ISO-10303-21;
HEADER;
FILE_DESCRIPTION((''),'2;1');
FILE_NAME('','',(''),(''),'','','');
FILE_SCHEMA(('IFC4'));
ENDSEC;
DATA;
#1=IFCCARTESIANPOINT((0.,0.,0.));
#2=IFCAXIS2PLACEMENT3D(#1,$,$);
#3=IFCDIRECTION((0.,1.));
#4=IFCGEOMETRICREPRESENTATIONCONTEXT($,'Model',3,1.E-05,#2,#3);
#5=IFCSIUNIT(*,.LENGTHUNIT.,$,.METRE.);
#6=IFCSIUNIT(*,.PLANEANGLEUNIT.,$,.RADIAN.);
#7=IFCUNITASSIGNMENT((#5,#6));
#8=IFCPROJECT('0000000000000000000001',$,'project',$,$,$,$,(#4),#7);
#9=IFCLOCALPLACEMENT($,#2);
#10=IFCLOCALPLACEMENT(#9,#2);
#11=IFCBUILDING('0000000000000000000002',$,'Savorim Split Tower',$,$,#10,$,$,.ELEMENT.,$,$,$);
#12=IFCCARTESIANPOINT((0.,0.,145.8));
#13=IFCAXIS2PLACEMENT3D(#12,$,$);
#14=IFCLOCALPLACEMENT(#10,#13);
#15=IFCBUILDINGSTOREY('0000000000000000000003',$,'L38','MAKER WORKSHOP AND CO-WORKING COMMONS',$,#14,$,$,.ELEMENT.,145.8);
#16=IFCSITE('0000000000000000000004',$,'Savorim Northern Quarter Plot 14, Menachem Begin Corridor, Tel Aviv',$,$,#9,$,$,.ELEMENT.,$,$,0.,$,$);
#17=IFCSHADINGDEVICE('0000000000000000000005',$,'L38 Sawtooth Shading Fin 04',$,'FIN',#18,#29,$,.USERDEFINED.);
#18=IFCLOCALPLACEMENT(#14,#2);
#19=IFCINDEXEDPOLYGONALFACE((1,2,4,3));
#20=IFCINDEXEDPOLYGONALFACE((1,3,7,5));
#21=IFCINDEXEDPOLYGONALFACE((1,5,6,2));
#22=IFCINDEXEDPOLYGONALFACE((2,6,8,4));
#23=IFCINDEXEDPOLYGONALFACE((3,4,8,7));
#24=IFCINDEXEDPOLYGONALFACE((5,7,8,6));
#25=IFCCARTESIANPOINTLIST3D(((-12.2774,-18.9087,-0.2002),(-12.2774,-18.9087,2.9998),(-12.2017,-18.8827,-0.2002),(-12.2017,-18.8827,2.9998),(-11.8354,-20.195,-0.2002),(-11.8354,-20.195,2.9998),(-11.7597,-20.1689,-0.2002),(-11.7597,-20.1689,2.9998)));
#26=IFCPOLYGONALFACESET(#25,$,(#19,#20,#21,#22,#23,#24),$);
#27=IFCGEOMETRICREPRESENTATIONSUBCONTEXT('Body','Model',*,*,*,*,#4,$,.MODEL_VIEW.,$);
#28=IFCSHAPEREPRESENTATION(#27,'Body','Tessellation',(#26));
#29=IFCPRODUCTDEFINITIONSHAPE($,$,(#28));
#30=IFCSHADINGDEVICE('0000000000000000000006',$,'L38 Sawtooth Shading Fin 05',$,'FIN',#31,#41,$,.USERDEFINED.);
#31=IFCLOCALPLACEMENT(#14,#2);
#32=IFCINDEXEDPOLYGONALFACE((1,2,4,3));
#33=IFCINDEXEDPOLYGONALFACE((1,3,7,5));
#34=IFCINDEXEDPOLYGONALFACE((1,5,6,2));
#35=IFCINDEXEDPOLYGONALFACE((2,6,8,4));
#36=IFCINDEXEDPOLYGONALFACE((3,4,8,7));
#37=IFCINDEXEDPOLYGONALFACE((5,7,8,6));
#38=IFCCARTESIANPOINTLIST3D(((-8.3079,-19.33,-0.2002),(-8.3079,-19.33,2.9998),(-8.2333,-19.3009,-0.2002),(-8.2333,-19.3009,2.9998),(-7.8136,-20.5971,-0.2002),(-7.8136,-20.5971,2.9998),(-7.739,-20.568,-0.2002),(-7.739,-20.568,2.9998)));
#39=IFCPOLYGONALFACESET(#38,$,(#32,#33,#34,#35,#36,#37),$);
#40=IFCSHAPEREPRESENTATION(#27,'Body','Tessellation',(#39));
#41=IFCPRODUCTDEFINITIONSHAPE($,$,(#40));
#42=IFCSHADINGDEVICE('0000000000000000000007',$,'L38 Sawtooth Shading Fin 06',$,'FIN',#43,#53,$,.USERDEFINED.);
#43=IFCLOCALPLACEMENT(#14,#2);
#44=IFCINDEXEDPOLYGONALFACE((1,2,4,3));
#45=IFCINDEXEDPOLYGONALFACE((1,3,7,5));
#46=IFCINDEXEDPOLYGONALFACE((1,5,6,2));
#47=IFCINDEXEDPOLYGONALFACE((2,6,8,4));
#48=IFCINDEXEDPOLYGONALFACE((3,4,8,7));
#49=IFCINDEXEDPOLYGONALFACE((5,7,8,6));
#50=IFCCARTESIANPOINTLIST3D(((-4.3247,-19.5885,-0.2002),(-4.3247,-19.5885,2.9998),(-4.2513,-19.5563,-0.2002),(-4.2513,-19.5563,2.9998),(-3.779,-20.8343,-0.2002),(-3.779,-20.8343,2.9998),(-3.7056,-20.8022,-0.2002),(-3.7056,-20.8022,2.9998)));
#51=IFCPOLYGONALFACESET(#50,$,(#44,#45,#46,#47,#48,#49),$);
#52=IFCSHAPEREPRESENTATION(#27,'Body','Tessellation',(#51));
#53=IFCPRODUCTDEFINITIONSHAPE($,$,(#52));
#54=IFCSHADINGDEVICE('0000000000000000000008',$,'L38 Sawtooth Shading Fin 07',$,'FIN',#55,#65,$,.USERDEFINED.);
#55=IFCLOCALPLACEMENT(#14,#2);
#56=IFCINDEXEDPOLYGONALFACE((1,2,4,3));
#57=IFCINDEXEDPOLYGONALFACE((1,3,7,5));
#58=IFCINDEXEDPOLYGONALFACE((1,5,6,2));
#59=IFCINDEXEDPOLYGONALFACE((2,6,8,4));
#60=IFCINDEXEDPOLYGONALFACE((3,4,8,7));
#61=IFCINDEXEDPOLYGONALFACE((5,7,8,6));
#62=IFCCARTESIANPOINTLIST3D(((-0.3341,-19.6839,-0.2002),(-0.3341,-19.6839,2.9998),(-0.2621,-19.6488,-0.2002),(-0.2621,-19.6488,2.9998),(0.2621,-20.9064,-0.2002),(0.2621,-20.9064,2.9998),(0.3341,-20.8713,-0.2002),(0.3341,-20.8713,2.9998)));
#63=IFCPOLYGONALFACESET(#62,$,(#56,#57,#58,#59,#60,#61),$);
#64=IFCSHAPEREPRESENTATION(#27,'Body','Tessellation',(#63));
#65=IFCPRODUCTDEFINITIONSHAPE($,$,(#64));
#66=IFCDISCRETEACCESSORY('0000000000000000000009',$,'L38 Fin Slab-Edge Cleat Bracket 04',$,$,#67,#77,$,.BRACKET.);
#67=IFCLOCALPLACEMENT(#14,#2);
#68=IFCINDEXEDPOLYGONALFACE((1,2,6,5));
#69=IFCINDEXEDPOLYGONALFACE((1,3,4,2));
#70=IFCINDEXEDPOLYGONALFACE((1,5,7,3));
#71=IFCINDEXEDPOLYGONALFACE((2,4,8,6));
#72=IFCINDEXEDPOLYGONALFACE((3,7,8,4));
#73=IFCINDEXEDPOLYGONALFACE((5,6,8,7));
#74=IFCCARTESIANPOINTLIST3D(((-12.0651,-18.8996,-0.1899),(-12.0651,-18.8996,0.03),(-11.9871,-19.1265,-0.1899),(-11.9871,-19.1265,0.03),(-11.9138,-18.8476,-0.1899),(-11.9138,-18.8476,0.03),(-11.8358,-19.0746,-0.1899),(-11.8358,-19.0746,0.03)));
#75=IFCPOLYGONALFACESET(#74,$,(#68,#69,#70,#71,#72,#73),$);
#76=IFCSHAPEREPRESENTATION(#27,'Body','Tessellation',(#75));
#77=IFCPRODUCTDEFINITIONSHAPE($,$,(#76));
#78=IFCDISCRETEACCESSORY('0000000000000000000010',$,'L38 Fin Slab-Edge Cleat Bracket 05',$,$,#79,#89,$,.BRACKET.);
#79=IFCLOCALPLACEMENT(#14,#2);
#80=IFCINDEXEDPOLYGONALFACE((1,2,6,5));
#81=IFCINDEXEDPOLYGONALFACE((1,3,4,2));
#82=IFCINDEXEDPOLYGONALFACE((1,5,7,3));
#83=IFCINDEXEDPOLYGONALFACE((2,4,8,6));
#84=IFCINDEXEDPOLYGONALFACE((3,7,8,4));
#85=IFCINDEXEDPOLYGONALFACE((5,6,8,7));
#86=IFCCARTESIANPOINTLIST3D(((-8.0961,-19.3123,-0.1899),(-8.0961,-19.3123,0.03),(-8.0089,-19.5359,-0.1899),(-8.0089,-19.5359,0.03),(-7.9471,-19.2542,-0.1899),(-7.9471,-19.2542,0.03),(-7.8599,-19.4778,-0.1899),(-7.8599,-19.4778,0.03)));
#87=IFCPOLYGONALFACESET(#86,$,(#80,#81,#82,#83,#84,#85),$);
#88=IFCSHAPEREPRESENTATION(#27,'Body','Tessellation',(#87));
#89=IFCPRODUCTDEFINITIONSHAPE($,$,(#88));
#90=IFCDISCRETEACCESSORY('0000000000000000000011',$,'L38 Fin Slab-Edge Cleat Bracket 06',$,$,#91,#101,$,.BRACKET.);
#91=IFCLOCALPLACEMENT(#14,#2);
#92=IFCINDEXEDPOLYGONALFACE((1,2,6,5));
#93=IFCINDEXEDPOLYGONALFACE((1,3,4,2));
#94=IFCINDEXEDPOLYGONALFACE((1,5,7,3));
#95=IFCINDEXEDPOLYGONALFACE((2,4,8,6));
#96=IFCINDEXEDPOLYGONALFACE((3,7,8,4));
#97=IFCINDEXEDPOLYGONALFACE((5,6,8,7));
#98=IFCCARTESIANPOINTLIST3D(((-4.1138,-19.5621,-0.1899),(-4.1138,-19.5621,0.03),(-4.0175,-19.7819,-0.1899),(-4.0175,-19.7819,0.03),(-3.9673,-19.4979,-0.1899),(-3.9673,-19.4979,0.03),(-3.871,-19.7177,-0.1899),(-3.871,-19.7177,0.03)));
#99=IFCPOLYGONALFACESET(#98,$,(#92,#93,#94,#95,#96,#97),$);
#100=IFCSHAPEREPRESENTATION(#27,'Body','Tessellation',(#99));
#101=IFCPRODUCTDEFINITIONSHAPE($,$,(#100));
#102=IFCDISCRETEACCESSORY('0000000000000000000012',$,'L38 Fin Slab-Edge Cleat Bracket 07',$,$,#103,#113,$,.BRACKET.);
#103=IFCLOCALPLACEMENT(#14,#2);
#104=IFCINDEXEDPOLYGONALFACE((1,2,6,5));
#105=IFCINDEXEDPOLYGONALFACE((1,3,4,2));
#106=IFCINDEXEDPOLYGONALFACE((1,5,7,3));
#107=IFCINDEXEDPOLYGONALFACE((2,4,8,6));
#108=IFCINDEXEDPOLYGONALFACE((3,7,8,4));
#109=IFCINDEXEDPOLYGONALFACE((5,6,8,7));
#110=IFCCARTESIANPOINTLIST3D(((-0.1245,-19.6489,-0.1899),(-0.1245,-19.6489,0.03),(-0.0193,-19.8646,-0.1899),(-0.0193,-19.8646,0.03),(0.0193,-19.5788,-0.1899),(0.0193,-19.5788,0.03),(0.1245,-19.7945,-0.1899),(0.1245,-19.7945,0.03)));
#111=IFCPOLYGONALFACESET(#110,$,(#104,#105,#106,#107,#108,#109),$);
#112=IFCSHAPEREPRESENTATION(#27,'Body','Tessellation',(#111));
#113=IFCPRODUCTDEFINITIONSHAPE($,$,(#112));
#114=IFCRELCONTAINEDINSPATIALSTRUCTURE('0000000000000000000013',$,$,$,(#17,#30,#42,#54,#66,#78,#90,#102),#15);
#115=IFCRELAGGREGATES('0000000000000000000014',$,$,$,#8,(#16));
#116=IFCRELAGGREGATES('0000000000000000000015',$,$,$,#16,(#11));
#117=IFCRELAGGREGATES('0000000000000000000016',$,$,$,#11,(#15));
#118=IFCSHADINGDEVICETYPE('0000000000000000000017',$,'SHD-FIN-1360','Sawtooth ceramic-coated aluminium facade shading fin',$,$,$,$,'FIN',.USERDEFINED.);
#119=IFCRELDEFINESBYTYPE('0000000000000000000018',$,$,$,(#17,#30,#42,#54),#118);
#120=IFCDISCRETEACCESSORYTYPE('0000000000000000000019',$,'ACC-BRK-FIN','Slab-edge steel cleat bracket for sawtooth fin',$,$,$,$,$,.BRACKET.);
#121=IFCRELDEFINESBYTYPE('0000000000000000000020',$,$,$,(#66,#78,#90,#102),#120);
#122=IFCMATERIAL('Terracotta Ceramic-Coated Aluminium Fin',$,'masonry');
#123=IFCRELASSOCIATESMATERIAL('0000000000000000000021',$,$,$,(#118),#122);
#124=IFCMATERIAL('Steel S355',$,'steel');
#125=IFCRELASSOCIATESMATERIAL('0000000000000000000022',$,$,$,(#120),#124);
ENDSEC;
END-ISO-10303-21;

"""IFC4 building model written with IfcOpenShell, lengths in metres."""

from ifc_helpers import new_model, si_unit, direction, frame, origin, origin_2d, place, context, subcontext, project, spatial, rectangle, extrude, material, type_object, element, save


model = new_model("IFC4")

# Units and contexts
model_context = context("Model", 3, precision=1e-05, world=origin(), true_north=direction((0.0, 1.0)))
body_context = subcontext(model_context, "Body", "Model", "MODEL_VIEW")
ifc_project = project(units=[si_unit("LENGTHUNIT", "METRE"), si_unit("PLANEANGLEUNIT", "RADIAN")], contexts=[model_context])

# Site, building, storey
site_placement = place(None, origin())
site = spatial("IfcSite", under=ifc_project, at=site_placement, Name="Savorim Northern Quarter Plot 14, Menachem Begin Corridor, Tel Aviv", CompositionType="ELEMENT", RefElevation=0.0)
building_placement = place(site_placement, origin())
building = spatial("IfcBuilding", under=site, at=building_placement, Name="Savorim Split Tower", CompositionType="ELEMENT")
storey_placement = place(building_placement, frame((0.0, 0.0, 145.8)))
storey = spatial("IfcBuildingStorey", under=building, at=storey_placement, Name="L38", Description="MAKER WORKSHOP AND CO-WORKING COMMONS", CompositionType="ELEMENT", Elevation=145.8)

# Shading devices
ifc_material_1 = material(Name="Terracotta Ceramic-Coated Aluminium Fin", Category="masonry")
shading_device_type = type_object("IfcShadingDeviceType", Name="SHD-FIN-1360", Description="Sawtooth ceramic-coated aluminium facade shading fin", ElementType="FIN", PredefinedType="USERDEFINED", material=ifc_material_1)
for number, where, z_axis, x_axis, name in (
    (1, (-12.0186, -19.5388, -0.2002), (0.0, 0.0, 1.0), (0.324994, -0.945716, 0.0), "L38 Sawtooth Shading Fin 04"),
    (2, (-8.0234, -19.949, -0.2002), (0.0, 0.0, 1.0), (0.363415, -0.931627, 0.0), "L38 Sawtooth Shading Fin 05"),
    (3, (-4.0151, -20.1953, -0.2002), (0.0, 0.0, 1.0), (0.40123, -0.915977, 0.0), "L38 Sawtooth Shading Fin 06"),
    (4, (0.0, -20.2776, -0.2002), (0.0, 0.0, 1.0), (0.438371, -0.898794, 0.0), "L38 Sawtooth Shading Fin 07"),
):
    element("IfcShadingDevice", number, at=place(storey_placement, frame(where, z_axis=z_axis, x_axis=x_axis)), inside=storey, type_object=shading_device_type, Name=name, ObjectType="FIN", PredefinedType="USERDEFINED", context=body_context, shape_type="SweptSolid", body=[
        extrude(rectangle(XDim=1.3601, YDim=0.0801, at=origin_2d()), origin(), (0.0, 0.0, 1.0), 3.2),
    ])

# Discrete accessories
ifc_material_2 = material(Name="Steel S355", Category="steel")
discrete_accessory_type = type_object("IfcDiscreteAccessoryType", Name="ACC-BRK-FIN", Description="Slab-edge steel cleat bracket for sawtooth fin", PredefinedType="BRACKET", material=ifc_material_2)
for number, where, z_axis, x_axis, name in (
    (5, (-11.9504, -18.9871, -0.1899), (0.0, 0.0, 1.0), (0.324994, -0.945716, 0.0), "L38 Fin Slab-Edge Cleat Bracket 04"),
    (6, (-7.978, -19.395, -0.1899), (0.0, 0.0, 1.0), (0.363415, -0.931627, 0.0), "L38 Fin Slab-Edge Cleat Bracket 05"),
    (7, (-3.9924, -19.6399, -0.1899), (0.0, 0.0, 1.0), (0.40123, -0.915977, 0.0), "L38 Fin Slab-Edge Cleat Bracket 06"),
    (8, (0.0, -19.7217, -0.1899), (0.0, 0.0, 1.0), (0.438371, -0.898794, 0.0), "L38 Fin Slab-Edge Cleat Bracket 07"),
):
    element("IfcDiscreteAccessory", number, at=place(storey_placement, frame(where, z_axis=z_axis, x_axis=x_axis)), inside=storey, type_object=discrete_accessory_type, Name=name, PredefinedType="BRACKET", context=body_context, shape_type="SweptSolid", body=[
        extrude(rectangle(XDim=0.24, YDim=0.1599, at=origin_2d()), origin(), (0.0, 0.0, 1.0), 0.22),
    ])

save(model, "model.ifc")
